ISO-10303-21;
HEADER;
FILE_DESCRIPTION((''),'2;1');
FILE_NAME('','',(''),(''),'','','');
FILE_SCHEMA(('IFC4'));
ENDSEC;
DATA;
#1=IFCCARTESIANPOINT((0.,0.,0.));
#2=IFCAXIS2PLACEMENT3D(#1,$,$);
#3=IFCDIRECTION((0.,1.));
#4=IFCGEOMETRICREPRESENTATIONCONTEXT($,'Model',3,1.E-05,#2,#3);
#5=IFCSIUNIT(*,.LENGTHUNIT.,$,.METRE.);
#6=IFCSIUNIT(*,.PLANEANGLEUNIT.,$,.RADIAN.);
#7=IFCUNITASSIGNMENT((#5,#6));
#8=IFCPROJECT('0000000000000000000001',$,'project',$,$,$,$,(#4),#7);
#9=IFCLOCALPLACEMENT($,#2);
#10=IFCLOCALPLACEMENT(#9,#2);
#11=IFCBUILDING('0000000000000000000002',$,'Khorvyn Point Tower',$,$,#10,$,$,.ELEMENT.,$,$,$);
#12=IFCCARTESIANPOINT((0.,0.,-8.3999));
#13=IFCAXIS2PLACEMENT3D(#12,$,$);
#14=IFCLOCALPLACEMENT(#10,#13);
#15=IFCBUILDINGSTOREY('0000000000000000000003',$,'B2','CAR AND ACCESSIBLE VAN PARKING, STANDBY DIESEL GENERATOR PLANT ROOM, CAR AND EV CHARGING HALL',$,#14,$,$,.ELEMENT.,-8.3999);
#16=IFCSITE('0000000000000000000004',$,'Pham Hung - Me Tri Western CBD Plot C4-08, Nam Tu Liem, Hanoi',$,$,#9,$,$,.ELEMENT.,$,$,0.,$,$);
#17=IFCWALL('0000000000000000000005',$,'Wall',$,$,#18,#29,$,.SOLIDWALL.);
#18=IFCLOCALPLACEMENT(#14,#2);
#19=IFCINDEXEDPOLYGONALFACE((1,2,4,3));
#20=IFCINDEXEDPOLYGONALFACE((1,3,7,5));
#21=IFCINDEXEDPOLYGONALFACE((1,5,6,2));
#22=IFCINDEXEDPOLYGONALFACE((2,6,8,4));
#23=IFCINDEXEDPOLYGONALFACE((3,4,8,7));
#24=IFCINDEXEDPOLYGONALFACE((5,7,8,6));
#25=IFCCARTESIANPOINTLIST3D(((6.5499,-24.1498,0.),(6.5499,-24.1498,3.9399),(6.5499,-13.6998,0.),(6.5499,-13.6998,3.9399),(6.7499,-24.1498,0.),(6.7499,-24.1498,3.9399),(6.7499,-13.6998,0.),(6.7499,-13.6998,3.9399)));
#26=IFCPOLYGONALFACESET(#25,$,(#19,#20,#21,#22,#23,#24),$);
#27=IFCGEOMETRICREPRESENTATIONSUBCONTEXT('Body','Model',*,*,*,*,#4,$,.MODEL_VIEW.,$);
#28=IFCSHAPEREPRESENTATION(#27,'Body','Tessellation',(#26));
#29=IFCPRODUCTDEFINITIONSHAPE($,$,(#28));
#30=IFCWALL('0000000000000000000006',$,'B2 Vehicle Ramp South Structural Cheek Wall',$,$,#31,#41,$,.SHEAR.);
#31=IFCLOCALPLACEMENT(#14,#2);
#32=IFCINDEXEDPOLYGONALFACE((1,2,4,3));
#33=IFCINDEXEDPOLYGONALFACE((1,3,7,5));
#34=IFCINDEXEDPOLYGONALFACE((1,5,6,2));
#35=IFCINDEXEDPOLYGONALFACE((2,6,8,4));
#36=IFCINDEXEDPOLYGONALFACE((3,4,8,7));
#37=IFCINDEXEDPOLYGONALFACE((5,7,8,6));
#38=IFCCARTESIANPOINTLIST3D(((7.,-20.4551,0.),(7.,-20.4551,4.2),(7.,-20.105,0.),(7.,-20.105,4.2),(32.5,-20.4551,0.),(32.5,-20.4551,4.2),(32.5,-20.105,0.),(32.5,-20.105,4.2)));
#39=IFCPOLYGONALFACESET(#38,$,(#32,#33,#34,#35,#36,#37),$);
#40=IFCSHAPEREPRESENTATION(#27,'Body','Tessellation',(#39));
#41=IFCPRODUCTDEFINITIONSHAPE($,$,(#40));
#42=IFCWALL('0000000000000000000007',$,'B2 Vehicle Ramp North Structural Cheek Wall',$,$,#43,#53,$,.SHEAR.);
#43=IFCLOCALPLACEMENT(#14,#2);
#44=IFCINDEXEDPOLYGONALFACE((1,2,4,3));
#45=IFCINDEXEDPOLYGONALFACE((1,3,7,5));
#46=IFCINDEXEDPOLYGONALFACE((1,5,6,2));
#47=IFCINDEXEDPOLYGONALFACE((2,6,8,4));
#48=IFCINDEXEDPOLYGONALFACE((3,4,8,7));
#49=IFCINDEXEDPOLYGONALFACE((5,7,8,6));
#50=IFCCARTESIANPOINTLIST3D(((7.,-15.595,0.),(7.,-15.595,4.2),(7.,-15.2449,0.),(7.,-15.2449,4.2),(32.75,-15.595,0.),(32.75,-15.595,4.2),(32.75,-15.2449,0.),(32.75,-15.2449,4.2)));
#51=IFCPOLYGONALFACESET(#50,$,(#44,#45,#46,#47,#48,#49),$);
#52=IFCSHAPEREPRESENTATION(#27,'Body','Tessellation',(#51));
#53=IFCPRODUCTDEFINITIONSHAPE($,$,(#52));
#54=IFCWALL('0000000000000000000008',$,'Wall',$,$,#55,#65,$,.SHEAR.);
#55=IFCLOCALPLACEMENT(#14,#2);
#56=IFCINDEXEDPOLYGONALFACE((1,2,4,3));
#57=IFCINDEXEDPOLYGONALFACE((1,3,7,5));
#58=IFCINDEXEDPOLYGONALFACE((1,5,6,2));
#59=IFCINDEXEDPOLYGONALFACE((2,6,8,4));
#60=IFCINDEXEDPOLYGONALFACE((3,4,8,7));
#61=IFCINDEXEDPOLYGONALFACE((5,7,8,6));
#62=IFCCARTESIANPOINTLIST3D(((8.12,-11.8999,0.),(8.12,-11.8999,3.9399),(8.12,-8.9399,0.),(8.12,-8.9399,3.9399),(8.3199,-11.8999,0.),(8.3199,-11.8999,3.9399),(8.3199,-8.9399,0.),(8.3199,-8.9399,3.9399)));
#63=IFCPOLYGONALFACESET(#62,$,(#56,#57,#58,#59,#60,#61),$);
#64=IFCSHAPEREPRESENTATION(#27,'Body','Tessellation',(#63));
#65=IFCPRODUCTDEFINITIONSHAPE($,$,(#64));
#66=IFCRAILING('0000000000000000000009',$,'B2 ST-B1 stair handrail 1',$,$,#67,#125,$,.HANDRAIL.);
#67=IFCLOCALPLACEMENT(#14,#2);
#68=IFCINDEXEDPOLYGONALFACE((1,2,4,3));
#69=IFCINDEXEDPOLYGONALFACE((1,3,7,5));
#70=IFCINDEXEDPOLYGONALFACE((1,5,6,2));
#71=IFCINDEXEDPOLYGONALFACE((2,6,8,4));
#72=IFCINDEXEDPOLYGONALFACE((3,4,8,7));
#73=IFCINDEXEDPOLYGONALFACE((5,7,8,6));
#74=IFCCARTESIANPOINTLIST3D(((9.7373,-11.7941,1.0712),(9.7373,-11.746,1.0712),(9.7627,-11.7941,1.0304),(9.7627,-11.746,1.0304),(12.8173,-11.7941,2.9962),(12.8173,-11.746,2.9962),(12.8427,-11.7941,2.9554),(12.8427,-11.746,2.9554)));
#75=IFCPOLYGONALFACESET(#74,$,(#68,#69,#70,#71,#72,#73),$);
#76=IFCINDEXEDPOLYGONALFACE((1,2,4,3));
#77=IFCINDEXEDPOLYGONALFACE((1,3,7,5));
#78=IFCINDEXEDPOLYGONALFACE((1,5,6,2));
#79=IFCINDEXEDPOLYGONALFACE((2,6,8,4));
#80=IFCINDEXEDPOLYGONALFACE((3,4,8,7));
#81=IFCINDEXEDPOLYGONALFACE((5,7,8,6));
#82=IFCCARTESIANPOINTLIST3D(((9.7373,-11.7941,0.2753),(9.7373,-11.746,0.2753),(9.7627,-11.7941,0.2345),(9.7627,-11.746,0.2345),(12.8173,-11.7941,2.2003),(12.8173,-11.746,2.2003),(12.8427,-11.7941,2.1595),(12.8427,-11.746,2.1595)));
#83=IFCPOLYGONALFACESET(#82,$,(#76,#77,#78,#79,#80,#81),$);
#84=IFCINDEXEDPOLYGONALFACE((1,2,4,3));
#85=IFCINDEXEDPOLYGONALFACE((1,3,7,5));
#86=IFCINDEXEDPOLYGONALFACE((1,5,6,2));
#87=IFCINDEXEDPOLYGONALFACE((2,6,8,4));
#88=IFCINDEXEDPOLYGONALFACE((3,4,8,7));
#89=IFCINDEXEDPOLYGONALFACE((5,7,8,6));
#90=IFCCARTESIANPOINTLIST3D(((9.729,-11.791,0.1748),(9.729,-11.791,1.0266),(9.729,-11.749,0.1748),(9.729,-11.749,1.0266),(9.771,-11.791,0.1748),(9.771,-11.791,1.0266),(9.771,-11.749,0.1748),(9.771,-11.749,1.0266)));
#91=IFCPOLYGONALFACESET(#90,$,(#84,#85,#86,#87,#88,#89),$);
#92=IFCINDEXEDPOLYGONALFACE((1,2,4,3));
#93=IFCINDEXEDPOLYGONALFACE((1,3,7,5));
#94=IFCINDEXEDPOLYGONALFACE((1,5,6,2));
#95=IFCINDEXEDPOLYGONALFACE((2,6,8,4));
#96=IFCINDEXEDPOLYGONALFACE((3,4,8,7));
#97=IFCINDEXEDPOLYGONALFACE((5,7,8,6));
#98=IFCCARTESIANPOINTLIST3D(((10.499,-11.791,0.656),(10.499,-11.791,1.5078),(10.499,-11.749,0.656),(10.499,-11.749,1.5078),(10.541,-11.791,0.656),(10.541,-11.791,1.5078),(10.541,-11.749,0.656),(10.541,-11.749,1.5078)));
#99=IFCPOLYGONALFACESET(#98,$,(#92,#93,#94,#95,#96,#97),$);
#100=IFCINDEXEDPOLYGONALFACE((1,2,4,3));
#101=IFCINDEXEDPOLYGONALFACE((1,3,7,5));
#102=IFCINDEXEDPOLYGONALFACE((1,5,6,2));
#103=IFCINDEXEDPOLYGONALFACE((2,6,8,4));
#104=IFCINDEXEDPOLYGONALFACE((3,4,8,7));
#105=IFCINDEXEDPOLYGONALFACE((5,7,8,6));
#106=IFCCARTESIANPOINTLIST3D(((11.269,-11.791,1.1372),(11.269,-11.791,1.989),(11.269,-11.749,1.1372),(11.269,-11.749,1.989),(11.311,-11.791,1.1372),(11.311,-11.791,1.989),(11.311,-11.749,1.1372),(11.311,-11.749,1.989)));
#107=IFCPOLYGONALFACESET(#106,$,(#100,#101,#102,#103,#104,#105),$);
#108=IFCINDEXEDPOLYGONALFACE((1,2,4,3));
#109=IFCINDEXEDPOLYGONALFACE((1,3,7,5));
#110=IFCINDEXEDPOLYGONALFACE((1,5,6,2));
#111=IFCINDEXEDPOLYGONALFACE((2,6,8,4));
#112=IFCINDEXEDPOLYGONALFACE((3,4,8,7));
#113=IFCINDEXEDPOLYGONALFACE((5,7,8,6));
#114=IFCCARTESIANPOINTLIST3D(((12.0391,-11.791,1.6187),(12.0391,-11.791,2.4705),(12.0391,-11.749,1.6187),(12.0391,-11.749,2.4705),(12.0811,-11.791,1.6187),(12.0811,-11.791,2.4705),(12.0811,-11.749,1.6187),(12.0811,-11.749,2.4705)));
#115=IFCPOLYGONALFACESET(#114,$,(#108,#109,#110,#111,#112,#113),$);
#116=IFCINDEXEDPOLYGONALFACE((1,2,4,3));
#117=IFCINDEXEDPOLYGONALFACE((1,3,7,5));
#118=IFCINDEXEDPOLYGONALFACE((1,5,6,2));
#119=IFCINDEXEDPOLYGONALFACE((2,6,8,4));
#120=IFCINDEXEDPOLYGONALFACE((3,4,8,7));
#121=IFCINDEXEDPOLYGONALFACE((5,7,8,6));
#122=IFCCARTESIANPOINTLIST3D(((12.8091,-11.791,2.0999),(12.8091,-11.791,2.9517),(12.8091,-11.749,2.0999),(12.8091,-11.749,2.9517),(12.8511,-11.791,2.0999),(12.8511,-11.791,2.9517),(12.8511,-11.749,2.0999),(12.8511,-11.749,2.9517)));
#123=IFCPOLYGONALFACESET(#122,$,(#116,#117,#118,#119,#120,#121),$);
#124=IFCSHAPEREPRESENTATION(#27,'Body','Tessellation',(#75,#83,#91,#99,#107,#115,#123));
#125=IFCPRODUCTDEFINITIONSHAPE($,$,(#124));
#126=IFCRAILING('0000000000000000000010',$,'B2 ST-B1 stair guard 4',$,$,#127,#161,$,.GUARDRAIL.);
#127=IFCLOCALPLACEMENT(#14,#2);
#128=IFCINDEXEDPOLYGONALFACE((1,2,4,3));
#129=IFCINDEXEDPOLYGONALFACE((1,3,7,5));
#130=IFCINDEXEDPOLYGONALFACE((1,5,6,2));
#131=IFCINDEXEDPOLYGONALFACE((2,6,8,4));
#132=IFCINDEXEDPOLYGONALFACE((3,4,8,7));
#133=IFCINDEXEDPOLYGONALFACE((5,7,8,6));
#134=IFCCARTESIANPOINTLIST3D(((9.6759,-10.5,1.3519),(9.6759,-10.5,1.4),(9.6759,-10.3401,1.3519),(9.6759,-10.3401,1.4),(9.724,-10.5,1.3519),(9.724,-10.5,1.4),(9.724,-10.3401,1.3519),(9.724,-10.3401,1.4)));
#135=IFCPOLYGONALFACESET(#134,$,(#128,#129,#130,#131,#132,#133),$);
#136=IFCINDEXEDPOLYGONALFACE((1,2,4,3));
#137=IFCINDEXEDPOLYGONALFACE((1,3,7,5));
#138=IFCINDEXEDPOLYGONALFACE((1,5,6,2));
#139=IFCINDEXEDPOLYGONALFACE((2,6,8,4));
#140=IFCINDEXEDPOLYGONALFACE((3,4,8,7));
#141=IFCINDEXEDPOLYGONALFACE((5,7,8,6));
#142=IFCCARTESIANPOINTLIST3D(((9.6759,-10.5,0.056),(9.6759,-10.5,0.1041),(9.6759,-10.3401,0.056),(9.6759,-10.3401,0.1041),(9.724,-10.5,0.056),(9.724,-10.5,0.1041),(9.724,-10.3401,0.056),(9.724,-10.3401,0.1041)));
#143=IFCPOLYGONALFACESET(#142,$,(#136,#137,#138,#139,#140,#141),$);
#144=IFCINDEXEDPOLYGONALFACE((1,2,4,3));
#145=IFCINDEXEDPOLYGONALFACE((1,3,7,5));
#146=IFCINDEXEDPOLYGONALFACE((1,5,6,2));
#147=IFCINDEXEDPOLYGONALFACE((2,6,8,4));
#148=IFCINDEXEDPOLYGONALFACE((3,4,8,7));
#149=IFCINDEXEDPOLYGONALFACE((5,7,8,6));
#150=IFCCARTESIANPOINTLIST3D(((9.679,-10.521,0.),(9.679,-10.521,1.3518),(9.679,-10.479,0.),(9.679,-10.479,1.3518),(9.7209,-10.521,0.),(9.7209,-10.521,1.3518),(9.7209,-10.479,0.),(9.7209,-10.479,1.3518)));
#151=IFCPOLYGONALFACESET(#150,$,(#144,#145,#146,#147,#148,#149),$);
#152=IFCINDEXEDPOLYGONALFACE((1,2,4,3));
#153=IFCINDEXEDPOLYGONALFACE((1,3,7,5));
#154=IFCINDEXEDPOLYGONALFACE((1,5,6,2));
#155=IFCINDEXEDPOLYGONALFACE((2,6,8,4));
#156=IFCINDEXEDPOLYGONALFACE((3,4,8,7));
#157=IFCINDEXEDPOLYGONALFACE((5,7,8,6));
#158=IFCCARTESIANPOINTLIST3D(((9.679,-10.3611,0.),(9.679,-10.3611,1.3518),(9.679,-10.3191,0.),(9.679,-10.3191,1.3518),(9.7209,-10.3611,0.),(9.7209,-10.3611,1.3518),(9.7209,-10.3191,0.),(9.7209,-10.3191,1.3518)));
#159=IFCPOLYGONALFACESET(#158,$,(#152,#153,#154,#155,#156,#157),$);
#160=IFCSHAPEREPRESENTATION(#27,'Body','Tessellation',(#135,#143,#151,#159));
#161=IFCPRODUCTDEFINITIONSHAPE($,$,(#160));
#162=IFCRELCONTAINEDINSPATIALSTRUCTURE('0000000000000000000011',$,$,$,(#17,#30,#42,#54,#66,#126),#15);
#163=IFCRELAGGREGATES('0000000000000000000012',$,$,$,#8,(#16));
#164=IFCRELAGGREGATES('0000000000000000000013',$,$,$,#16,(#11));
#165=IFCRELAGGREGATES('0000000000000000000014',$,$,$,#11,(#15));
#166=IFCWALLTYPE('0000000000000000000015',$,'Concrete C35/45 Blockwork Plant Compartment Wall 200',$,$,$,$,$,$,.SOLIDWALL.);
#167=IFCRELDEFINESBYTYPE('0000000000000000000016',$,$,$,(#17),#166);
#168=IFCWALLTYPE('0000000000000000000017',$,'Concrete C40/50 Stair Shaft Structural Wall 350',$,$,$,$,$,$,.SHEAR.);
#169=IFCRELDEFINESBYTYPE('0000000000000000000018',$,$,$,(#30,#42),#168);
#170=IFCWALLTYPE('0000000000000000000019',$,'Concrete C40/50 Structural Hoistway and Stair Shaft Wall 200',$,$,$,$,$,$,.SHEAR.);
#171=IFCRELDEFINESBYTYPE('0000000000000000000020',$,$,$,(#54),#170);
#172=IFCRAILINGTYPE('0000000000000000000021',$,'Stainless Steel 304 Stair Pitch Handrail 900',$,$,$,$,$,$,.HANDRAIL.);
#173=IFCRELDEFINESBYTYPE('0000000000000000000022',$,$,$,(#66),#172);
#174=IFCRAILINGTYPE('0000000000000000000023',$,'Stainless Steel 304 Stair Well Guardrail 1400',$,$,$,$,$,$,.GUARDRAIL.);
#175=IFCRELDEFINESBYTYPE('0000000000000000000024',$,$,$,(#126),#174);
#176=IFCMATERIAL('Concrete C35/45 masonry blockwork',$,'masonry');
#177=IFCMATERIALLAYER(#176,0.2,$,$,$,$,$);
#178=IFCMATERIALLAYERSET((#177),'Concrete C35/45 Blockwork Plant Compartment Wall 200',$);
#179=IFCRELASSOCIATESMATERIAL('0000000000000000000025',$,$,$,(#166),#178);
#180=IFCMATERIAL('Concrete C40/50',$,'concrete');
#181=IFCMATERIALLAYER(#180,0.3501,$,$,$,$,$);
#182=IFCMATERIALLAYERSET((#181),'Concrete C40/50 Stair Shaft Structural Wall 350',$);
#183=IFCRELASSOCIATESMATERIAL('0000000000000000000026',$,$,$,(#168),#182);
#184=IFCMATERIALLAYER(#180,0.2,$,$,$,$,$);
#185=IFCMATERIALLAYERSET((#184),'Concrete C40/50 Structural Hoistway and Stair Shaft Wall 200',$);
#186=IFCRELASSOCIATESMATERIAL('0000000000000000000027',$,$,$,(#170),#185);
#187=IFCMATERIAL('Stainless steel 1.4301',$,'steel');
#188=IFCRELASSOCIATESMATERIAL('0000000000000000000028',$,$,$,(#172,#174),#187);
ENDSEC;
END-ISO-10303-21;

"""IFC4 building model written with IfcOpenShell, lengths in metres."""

from ifc_helpers import new_model, si_unit, direction, frame, frame_2d, origin, origin_2d, place, context, subcontext, project, spatial, rectangle, extrude, material, layer, layer_set, type_object, element, save


model = new_model("IFC4")

# Units and contexts
model_context = context("Model", 3, precision=1e-05, world=origin(), true_north=direction((0.0, 1.0)))
body_context = subcontext(model_context, "Body", "Model", "MODEL_VIEW")
ifc_project = project(units=[si_unit("LENGTHUNIT", "METRE"), si_unit("PLANEANGLEUNIT", "RADIAN")], contexts=[model_context])

# Site, building, storey
site_placement = place(None, origin())
site = spatial("IfcSite", under=ifc_project, at=site_placement, Name="Pham Hung - Me Tri Western CBD Plot C4-08, Nam Tu Liem, Hanoi", CompositionType="ELEMENT", RefElevation=0.0)
building_placement = place(site_placement, origin())
building = spatial("IfcBuilding", under=site, at=building_placement, Name="Khorvyn Point Tower", CompositionType="ELEMENT")
storey_placement = place(building_placement, frame((0.0, 0.0, -8.3999)))
storey = spatial("IfcBuildingStorey", under=building, at=storey_placement, Name="B2", Description="CAR AND ACCESSIBLE VAN PARKING, STANDBY DIESEL GENERATOR PLANT ROOM, CAR AND EV CHARGING HALL", CompositionType="ELEMENT", Elevation=-8.3999)

# Shared definitions
ifc_material_1 = material(Name="Concrete C40/50", Category="concrete")

# Wall
ifc_material_2 = material(Name="Concrete C35/45 masonry blockwork", Category="masonry")
ifc_layer_1 = layer(ifc_material_2, 0.2)
ifc_layer_set_1 = layer_set([ifc_layer_1], Name="Concrete C35/45 Blockwork Plant Compartment Wall 200")
wall_type_1 = type_object("IfcWallType", Name="Concrete C35/45 Blockwork Plant Compartment Wall 200", PredefinedType="SOLIDWALL", material=ifc_layer_set_1)
wall_1_placement = place(storey_placement, frame((6.6499, -24.1499, 0.0), z_axis=(0.0, 0.0, 1.0), x_axis=(0.0, 1.0, 0.0)))
element("IfcWall", 1, at=wall_1_placement, inside=storey, type_object=wall_type_1, Name="Wall", PredefinedType="SOLIDWALL", context=body_context, shape_type="SweptSolid", body=[
    extrude(rectangle(XDim=10.45, YDim=0.2, at=frame_2d((5.2251, 0.0))), origin(), (0.0, 0.0, 1.0), 3.9399),
])

# Walls
ifc_layer_2 = layer(ifc_material_1, 0.3501)
ifc_layer_set_2 = layer_set([ifc_layer_2], Name="Concrete C40/50 Stair Shaft Structural Wall 350")
wall_type_2 = type_object("IfcWallType", Name="Concrete C40/50 Stair Shaft Structural Wall 350", PredefinedType="SHEAR", material=ifc_layer_set_2)
wall_2_placement = place(storey_placement, frame((7.0, -20.28, 0.0), z_axis=(0.0, 0.0, 1.0), x_axis=(1.0, 0.0, 0.0)))
element("IfcWall", 2, at=wall_2_placement, inside=storey, type_object=wall_type_2, Name="B2 Vehicle Ramp South Structural Cheek Wall", PredefinedType="SHEAR", context=body_context, shape_type="SweptSolid", body=[
    extrude(rectangle(XDim=25.5, YDim=0.3501, at=frame_2d((12.75, 0.0))), origin(), (0.0, 0.0, 1.0), 4.2),
])
wall_3_placement = place(storey_placement, frame((7.0, -15.4199, 0.0), z_axis=(0.0, 0.0, 1.0), x_axis=(1.0, 0.0, 0.0)))
element("IfcWall", 3, at=wall_3_placement, inside=storey, type_object=wall_type_2, Name="B2 Vehicle Ramp North Structural Cheek Wall", PredefinedType="SHEAR", context=body_context, shape_type="SweptSolid", body=[
    extrude(rectangle(XDim=25.75, YDim=0.3501, at=frame_2d((12.875, 0.0))), origin(), (0.0, 0.0, 1.0), 4.2),
])
ifc_layer_3 = layer(ifc_material_1, 0.2)
ifc_layer_set_3 = layer_set([ifc_layer_3], Name="Concrete C40/50 Structural Hoistway and Stair Shaft Wall 200")
wall_type_3 = type_object("IfcWallType", Name="Concrete C40/50 Structural Hoistway and Stair Shaft Wall 200", PredefinedType="SHEAR", material=ifc_layer_set_3)
wall_4_placement = place(storey_placement, frame((8.22, -11.8999, 0.0), z_axis=(0.0, 0.0, 1.0), x_axis=(0.0, 1.0, 0.0)))
element("IfcWall", 4, at=wall_4_placement, inside=storey, type_object=wall_type_3, Name="Wall", PredefinedType="SHEAR", context=body_context, shape_type="SweptSolid", body=[
    extrude(rectangle(XDim=2.96, YDim=0.2, at=frame_2d((1.48, 0.0))), origin(), (0.0, 0.0, 1.0), 3.9399),
])

# Railings
ifc_material_3 = material(Name="Stainless steel 1.4301", Category="steel")
railing_type_1 = type_object("IfcRailingType", Name="Stainless Steel 304 Stair Pitch Handrail 900", PredefinedType="HANDRAIL", material=ifc_material_3)
railing_1_placement = place(storey_placement, frame((9.75, -11.77, 0.1748)))
element("IfcRailing", 5, at=railing_1_placement, inside=storey, type_object=railing_type_1, Name="B2 ST-B1 stair handrail 1", PredefinedType="HANDRAIL", context=body_context, shape_type="SweptSolid", body=[
    extrude(rectangle(XDim=0.0481, YDim=0.0481, at=origin_2d()), frame((0.0, 0.0, 0.876), z_axis=(0.847998, 0.0, 0.529999), x_axis=(0.0, 1.0, 0.0)), (0.0, 0.0, 1.0), 3.6321),
    extrude(rectangle(XDim=0.0481, YDim=0.0481, at=origin_2d()), frame((0.0, 0.0, 0.0801), z_axis=(0.847998, 0.0, 0.529999), x_axis=(0.0, 1.0, 0.0)), (0.0, 0.0, 1.0), 3.6321),
    extrude(rectangle(XDim=0.042, YDim=0.042, at=origin_2d()), origin(), (0.0, 0.0, 1.0), 0.8518),
    extrude(rectangle(XDim=0.042, YDim=0.042, at=origin_2d()), frame((0.77, 0.0, 0.4812)), (0.0, 0.0, 1.0), 0.8518),
    extrude(rectangle(XDim=0.042, YDim=0.042, at=origin_2d()), frame((1.54, 0.0, 0.9624)), (0.0, 0.0, 1.0), 0.8518),
    extrude(rectangle(XDim=0.042, YDim=0.042, at=origin_2d()), frame((2.3101, 0.0, 1.4438)), (0.0, 0.0, 1.0), 0.8518),
    extrude(rectangle(XDim=0.042, YDim=0.042, at=origin_2d()), frame((3.0801, 0.0, 1.925)), (0.0, 0.0, 1.0), 0.8518),
])
railing_type_2 = type_object("IfcRailingType", Name="Stainless Steel 304 Stair Well Guardrail 1400", PredefinedType="GUARDRAIL", material=ifc_material_3)
railing_2_placement = place(storey_placement, frame((9.7, -10.5, 0.0)))
element("IfcRailing", 6, at=railing_2_placement, inside=storey, type_object=railing_type_2, Name="B2 ST-B1 stair guard 4", PredefinedType="GUARDRAIL", context=body_context, shape_type="SweptSolid", body=[
    extrude(rectangle(XDim=0.0481, YDim=0.0481, at=origin_2d()), frame((0.0, 0.0, 1.376), z_axis=(0.0, 1.0, 0.0), x_axis=(-1.0, 0.0, 0.0)), (0.0, 0.0, 1.0), 0.1599),
    extrude(rectangle(XDim=0.0481, YDim=0.0481, at=origin_2d()), frame((0.0, 0.0, 0.0801), z_axis=(0.0, 1.0, 0.0), x_axis=(-1.0, 0.0, 0.0)), (0.0, 0.0, 1.0), 0.1599),
    extrude(rectangle(XDim=0.042, YDim=0.042, at=origin_2d()), origin(), (0.0, 0.0, 1.0), 1.3518),
    extrude(rectangle(XDim=0.042, YDim=0.042, at=origin_2d()), frame((0.0, 0.1599, 0.0)), (0.0, 0.0, 1.0), 1.3518),
])

save(model, "model.ifc")
